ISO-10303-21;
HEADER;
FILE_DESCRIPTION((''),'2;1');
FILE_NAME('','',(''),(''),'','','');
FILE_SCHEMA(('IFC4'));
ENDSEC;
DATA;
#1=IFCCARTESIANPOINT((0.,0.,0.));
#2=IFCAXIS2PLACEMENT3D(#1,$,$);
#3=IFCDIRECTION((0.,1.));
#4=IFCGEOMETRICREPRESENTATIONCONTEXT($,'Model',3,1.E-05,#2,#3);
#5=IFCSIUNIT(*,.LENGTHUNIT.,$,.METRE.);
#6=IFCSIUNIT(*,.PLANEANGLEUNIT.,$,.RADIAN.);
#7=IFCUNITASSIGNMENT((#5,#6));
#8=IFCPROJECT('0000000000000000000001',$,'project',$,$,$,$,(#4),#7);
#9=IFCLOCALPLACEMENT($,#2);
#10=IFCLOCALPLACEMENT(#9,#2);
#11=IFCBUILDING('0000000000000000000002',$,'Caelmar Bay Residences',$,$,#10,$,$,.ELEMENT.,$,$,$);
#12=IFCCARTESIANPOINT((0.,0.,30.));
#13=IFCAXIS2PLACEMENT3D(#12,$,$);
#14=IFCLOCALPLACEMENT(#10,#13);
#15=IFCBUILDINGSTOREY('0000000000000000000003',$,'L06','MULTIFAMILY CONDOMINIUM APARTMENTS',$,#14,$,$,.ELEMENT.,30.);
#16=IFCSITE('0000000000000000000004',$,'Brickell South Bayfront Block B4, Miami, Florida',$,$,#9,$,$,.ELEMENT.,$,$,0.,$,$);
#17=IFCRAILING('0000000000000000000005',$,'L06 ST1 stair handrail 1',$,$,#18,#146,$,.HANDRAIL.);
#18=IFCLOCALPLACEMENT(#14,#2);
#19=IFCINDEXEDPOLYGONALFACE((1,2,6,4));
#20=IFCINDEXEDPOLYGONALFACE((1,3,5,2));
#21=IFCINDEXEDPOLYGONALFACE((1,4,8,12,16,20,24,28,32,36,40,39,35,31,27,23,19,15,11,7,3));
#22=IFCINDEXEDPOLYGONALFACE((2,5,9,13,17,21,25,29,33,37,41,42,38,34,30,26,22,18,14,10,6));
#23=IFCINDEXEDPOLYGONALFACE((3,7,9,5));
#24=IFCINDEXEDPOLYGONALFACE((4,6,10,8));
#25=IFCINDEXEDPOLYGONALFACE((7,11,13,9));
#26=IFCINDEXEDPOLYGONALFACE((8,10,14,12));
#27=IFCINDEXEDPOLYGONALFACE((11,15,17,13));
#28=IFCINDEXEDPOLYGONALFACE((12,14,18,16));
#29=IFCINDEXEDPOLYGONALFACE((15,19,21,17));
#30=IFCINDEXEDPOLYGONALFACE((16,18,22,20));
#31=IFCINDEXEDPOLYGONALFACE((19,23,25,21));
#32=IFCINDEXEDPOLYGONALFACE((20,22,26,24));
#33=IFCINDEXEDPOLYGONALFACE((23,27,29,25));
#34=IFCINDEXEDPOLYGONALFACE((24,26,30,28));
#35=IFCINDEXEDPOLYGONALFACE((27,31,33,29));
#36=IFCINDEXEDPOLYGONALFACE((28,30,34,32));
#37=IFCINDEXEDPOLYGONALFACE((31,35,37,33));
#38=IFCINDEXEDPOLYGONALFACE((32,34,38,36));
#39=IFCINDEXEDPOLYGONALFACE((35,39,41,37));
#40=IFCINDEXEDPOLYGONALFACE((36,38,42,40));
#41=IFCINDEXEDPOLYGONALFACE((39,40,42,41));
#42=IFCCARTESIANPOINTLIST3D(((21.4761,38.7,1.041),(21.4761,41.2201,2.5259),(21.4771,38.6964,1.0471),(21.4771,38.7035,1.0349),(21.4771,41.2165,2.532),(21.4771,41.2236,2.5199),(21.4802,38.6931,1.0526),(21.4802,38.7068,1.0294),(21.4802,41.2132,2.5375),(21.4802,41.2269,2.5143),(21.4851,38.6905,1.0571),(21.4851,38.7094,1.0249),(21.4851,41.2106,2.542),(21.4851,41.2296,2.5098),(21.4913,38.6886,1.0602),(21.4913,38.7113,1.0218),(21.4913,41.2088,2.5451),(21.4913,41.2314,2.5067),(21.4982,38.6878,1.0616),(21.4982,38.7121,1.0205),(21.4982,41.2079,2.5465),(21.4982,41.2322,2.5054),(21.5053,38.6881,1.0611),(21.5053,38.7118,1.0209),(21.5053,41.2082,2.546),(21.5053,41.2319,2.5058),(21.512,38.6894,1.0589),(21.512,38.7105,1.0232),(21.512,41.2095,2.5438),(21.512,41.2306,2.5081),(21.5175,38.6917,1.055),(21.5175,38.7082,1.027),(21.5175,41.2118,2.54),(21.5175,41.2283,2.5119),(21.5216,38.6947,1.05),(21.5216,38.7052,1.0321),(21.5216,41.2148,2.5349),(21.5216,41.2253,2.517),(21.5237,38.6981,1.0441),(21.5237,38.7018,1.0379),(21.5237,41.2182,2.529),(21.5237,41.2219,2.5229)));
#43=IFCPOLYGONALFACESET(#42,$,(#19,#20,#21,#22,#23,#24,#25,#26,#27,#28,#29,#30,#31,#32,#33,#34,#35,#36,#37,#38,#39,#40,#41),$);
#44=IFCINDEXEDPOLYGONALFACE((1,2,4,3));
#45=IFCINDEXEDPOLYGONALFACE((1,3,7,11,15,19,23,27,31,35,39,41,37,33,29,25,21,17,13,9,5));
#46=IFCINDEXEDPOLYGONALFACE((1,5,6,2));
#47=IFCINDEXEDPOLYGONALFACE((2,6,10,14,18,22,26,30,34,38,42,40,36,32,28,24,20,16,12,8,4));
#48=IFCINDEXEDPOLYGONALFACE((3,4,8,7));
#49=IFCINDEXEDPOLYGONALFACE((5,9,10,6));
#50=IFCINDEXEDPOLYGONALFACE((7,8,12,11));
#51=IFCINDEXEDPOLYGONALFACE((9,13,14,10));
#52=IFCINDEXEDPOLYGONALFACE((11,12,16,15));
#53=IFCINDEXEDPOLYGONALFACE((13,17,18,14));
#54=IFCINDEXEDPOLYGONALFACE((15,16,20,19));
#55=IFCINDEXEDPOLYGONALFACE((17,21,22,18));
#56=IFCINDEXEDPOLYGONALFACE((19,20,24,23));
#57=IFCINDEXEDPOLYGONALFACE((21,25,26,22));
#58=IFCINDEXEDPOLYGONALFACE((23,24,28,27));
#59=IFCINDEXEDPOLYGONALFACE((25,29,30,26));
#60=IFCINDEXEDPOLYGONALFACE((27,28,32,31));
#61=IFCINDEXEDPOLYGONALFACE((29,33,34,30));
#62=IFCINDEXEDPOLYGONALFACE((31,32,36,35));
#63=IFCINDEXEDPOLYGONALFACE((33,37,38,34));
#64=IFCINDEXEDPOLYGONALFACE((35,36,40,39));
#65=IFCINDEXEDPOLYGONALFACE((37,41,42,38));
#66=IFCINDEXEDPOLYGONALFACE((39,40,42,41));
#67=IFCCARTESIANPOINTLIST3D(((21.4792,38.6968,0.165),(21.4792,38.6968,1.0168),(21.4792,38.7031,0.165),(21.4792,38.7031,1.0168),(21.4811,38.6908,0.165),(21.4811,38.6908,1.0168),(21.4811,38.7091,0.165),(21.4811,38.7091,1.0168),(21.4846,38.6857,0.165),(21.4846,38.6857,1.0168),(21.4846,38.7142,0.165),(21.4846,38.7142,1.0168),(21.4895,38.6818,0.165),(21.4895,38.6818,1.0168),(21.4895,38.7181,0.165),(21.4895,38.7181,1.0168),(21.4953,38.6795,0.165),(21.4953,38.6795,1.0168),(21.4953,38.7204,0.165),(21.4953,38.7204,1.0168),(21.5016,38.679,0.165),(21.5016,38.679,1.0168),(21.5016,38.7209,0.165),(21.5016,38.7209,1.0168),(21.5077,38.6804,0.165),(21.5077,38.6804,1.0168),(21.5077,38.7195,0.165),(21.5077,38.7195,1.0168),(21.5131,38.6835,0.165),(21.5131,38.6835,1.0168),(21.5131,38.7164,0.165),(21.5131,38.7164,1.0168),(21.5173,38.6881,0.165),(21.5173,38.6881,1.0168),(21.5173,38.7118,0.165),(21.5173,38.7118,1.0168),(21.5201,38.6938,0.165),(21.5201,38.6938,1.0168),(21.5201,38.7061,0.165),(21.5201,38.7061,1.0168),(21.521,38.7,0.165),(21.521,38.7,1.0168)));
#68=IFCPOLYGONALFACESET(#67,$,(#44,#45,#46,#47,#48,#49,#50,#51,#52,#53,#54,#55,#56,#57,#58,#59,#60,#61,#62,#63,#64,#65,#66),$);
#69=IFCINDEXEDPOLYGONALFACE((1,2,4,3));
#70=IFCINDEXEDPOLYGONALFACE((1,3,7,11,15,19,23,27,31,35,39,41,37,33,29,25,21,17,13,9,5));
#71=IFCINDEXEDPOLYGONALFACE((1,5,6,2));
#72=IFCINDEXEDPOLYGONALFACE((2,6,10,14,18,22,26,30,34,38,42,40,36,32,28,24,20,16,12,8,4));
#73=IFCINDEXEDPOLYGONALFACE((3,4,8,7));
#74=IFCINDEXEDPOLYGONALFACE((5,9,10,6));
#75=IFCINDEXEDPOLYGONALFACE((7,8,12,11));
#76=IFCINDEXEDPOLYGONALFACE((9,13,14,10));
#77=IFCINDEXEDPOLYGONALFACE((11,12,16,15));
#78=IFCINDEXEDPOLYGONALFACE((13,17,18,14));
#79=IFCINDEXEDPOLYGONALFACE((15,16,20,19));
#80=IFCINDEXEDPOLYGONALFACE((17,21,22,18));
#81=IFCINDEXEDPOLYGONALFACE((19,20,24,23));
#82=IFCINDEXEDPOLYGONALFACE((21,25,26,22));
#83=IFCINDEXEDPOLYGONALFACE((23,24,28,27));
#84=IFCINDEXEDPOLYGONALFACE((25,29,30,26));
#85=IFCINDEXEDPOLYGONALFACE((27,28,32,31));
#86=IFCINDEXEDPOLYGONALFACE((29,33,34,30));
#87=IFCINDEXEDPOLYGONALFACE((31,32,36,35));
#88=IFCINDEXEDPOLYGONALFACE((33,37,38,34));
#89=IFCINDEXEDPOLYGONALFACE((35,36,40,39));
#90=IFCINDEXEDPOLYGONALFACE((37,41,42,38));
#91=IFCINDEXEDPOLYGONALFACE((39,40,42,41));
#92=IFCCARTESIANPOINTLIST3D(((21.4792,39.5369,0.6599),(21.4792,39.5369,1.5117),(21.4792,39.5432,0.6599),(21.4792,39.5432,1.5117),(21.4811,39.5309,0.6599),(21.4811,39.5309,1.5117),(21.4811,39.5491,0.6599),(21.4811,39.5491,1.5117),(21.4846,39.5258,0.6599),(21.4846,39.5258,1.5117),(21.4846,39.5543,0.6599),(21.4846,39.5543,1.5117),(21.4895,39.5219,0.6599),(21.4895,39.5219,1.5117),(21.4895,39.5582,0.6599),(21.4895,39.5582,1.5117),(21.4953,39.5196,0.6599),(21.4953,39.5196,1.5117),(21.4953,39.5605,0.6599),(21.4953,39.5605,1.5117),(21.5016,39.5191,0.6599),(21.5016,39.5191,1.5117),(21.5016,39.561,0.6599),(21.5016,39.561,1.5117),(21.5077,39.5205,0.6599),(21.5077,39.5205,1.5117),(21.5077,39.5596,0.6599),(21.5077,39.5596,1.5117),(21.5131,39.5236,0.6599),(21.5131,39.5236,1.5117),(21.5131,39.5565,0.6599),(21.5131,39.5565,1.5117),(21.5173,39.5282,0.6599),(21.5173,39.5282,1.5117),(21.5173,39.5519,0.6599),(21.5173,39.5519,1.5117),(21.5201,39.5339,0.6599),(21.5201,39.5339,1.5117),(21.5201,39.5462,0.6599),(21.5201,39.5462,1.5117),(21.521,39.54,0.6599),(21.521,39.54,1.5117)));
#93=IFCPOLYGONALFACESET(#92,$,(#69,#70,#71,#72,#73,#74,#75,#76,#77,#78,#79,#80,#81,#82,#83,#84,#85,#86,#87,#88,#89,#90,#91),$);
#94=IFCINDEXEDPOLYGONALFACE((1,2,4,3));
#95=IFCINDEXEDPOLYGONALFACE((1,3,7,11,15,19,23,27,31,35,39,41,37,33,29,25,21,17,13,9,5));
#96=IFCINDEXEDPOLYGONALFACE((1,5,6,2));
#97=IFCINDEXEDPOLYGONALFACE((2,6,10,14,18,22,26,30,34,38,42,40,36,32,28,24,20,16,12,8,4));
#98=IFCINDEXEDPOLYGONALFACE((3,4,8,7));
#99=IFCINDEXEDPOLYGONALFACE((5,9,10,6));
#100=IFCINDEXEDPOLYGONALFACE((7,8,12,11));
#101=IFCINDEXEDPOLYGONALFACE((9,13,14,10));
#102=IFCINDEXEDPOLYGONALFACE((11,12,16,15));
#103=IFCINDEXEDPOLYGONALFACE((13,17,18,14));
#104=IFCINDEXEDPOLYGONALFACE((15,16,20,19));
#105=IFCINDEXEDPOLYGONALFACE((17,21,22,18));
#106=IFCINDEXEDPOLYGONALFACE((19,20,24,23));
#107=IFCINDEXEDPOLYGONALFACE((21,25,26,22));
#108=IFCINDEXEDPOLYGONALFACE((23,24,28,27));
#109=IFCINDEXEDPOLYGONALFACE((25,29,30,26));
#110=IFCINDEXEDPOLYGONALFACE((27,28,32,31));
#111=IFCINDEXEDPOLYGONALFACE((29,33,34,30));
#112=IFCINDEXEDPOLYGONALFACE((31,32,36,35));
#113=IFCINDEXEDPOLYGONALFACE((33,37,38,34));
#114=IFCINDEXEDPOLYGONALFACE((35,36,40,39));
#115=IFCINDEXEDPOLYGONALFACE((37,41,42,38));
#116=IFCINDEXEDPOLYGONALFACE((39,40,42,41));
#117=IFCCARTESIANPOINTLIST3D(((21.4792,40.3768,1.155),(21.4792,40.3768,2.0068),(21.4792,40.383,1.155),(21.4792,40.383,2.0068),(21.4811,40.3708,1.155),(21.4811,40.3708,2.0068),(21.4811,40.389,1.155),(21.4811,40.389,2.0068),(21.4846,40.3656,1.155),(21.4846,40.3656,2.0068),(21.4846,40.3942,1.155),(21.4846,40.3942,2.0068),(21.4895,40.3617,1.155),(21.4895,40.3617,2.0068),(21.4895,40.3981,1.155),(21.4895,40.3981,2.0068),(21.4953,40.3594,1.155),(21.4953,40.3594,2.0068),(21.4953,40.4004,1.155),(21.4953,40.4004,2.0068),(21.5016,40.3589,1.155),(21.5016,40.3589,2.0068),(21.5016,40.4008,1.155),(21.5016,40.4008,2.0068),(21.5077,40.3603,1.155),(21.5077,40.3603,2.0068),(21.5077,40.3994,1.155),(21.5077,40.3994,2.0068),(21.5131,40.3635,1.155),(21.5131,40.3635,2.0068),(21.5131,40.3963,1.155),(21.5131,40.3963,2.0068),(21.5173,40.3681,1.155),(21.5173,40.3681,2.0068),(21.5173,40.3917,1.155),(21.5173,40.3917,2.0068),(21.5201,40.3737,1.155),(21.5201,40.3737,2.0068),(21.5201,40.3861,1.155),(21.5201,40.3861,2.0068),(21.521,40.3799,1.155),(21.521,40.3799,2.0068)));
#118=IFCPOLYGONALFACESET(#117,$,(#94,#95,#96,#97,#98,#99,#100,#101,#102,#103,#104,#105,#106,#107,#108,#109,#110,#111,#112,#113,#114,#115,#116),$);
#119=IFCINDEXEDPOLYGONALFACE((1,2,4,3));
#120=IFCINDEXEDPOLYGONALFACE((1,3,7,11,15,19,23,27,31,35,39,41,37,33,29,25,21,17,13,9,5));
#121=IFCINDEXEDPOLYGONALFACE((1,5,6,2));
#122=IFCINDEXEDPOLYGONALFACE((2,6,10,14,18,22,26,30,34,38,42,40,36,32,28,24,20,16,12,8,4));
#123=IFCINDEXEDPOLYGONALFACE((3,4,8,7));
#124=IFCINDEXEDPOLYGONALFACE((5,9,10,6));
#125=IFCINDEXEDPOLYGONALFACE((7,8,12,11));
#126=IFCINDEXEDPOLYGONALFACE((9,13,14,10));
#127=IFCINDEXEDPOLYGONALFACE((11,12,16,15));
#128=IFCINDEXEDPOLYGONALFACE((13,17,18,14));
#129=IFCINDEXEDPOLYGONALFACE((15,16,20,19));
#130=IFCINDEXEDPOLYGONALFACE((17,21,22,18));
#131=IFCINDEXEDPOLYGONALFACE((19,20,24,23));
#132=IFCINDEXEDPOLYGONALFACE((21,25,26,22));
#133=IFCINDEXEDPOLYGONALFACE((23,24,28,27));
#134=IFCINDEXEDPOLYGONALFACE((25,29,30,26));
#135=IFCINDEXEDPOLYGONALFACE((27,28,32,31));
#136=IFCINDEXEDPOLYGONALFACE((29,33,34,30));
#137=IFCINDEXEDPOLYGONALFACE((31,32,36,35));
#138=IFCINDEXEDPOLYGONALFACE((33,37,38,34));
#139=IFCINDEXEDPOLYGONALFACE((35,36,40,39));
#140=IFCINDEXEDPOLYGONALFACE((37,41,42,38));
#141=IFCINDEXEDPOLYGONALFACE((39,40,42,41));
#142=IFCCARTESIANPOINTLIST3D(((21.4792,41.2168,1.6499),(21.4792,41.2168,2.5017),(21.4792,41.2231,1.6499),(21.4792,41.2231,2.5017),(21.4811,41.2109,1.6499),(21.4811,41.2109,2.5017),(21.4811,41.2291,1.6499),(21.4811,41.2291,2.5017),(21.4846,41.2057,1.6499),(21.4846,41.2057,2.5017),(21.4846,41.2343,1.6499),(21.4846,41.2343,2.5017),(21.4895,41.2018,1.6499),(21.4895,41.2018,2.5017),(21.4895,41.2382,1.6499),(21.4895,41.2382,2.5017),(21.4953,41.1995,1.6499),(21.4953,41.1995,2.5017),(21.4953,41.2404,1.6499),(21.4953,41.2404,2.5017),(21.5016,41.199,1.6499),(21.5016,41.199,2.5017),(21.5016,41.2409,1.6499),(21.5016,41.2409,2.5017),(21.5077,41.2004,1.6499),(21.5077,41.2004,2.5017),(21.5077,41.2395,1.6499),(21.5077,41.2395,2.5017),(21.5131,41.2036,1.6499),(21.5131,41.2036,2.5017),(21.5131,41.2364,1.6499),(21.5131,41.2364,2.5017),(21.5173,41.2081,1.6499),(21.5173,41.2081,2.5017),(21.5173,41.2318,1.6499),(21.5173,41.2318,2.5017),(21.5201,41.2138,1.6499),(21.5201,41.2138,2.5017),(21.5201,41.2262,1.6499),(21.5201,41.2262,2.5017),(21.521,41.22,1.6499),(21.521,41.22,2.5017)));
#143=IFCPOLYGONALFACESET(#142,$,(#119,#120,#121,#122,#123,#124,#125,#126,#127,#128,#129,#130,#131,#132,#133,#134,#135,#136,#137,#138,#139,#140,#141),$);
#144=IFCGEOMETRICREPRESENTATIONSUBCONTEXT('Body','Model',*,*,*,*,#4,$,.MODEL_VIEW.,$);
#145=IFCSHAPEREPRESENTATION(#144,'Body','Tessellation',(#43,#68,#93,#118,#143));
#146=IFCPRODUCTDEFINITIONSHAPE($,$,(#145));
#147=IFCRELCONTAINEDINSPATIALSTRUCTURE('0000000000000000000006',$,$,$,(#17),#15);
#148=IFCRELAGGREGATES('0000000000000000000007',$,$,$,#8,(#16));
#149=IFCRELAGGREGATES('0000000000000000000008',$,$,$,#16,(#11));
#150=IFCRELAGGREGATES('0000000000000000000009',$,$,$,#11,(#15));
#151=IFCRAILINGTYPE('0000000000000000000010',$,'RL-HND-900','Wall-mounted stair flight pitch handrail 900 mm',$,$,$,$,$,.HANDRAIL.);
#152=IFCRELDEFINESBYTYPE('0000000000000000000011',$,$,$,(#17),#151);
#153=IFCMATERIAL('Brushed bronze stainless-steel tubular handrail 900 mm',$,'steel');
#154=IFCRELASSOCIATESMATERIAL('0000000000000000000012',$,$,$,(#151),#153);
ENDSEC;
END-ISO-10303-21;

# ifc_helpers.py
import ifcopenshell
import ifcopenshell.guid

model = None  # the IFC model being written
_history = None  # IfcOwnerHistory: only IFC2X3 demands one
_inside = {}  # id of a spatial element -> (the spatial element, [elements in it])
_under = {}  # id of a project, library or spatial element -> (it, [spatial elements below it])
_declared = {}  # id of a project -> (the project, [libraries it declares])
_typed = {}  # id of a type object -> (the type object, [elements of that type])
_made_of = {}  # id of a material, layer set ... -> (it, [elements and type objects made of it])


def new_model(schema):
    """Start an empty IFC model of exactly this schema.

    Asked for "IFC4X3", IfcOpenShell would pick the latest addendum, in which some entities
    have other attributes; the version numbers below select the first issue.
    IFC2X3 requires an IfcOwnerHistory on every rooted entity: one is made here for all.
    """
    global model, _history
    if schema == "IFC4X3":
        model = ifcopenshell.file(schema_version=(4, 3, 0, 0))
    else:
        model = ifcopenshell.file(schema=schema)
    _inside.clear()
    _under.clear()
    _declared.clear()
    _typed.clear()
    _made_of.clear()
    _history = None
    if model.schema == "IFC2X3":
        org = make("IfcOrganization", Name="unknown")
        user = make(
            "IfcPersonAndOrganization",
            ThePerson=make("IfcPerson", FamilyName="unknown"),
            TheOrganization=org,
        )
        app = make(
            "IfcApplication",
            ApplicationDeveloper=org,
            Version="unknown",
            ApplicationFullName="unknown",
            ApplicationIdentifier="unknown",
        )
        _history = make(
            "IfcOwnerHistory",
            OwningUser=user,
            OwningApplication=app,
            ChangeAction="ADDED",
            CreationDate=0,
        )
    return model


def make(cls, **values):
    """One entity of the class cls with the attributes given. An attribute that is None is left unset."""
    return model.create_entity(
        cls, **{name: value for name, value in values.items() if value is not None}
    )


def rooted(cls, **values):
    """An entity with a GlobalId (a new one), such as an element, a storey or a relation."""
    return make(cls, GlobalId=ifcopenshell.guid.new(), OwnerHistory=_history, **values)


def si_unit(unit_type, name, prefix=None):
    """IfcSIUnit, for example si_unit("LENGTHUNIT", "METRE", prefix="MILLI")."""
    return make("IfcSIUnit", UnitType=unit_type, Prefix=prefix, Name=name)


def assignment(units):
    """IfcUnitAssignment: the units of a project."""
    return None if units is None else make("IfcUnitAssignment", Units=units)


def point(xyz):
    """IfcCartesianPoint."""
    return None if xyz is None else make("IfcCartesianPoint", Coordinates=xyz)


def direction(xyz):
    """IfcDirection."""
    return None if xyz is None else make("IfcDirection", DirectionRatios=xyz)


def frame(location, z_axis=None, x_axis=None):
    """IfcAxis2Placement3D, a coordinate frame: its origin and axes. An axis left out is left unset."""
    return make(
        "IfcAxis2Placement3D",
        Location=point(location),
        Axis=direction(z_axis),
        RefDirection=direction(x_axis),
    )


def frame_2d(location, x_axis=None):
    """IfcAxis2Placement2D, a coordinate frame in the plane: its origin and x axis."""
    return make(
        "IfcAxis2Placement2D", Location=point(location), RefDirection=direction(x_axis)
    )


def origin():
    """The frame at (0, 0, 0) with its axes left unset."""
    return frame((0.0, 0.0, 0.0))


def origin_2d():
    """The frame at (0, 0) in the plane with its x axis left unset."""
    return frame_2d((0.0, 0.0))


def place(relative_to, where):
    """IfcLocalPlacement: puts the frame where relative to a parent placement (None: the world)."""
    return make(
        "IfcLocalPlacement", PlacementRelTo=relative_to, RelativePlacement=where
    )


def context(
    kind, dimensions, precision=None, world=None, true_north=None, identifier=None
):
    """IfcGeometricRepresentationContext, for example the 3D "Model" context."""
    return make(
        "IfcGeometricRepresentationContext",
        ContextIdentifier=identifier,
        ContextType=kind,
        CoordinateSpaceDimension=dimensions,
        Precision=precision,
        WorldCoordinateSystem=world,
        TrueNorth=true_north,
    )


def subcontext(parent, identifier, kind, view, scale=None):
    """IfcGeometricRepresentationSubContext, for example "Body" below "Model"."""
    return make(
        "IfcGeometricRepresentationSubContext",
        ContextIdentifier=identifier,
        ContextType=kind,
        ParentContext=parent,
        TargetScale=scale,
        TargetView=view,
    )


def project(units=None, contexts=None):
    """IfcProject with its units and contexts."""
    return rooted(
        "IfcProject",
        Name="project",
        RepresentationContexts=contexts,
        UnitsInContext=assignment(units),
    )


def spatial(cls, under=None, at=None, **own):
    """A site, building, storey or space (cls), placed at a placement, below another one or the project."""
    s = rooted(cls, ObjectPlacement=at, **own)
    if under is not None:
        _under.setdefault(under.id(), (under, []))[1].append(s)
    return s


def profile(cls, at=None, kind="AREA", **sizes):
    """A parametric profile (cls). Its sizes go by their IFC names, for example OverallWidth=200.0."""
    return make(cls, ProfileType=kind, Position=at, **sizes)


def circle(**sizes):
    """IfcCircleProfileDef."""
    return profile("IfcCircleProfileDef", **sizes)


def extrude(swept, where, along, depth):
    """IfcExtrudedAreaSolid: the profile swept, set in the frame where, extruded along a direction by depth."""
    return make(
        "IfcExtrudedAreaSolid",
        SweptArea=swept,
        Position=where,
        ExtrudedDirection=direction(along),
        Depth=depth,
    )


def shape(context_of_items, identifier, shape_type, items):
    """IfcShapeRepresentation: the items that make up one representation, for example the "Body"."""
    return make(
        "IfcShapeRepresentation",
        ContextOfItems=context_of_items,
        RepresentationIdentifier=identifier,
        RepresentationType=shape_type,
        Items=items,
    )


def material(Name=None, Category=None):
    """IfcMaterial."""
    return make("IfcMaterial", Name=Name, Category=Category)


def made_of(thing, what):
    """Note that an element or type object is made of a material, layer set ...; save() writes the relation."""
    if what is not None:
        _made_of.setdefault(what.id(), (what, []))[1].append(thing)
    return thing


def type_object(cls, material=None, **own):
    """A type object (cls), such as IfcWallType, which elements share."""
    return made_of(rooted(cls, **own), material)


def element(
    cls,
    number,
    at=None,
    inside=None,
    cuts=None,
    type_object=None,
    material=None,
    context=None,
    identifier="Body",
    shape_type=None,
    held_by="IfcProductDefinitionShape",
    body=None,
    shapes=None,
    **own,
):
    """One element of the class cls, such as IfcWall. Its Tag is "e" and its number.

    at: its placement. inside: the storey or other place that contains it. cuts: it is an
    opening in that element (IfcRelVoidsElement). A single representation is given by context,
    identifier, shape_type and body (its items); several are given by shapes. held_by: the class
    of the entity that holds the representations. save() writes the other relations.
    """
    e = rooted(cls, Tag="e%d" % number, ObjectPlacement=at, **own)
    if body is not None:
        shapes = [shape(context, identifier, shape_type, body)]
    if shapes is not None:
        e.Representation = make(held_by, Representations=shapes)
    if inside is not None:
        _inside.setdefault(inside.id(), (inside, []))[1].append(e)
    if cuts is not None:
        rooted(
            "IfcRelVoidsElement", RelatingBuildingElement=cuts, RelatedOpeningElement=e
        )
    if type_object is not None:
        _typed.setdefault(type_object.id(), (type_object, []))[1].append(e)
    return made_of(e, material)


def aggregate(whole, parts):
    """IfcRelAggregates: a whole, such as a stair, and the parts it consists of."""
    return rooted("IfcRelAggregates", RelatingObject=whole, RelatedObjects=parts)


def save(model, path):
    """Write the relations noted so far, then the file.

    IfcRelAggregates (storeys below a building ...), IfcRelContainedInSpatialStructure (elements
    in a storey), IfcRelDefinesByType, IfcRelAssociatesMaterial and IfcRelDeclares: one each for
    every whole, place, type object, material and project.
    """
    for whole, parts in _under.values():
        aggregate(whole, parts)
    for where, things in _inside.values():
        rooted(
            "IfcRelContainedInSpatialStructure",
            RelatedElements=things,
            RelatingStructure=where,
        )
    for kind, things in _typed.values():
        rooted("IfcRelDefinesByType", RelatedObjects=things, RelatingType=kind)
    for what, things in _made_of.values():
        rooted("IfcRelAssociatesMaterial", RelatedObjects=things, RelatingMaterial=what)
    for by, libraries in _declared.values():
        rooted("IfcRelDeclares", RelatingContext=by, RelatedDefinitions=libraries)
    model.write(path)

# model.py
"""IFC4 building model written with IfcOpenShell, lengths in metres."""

from ifc_helpers import new_model, si_unit, direction, frame, origin, origin_2d, place, context, subcontext, project, spatial, circle, extrude, material, type_object, element, save


model = new_model("IFC4")

# Units and contexts
model_context = context("Model", 3, precision=1e-05, world=origin(), true_north=direction((0.0, 1.0)))
body_context = subcontext(model_context, "Body", "Model", "MODEL_VIEW")
ifc_project = project(units=[si_unit("LENGTHUNIT", "METRE"), si_unit("PLANEANGLEUNIT", "RADIAN")], contexts=[model_context])

# Site, building, storey
site_placement = place(None, origin())
site = spatial("IfcSite", under=ifc_project, at=site_placement, Name="Brickell South Bayfront Block B4, Miami, Florida", CompositionType="ELEMENT", RefElevation=0.0)
building_placement = place(site_placement, origin())
building = spatial("IfcBuilding", under=site, at=building_placement, Name="Caelmar Bay Residences", CompositionType="ELEMENT")
storey_placement = place(building_placement, frame((0.0, 0.0, 30.0)))
storey = spatial("IfcBuildingStorey", under=building, at=storey_placement, Name="L06", Description="MULTIFAMILY CONDOMINIUM APARTMENTS", CompositionType="ELEMENT", Elevation=30.0)

# Railing
ifc_material_1 = material(Name="Brushed bronze stainless-steel tubular handrail 900 mm", Category="steel")
railing_type_1 = type_object("IfcRailingType", Name="RL-HND-900", Description="Wall-mounted stair flight pitch handrail 900 mm", PredefinedType="HANDRAIL", material=ifc_material_1)
railing_1_placement = place(storey_placement, frame((21.5, 38.7, 0.165)))
element("IfcRailing", 1, at=railing_1_placement, inside=storey, type_object=railing_type_1, Name="L06 ST1 stair handrail 1", PredefinedType="HANDRAIL", context=body_context, shape_type="SweptSolid", body=[
    extrude(circle(Radius=0.0239, at=origin_2d()), frame((0.0, 0.0, 0.876), z_axis=(0.0, 0.861561, 0.507655), x_axis=(-1.0, 0.0, 0.0)), (0.0, 0.0, 1.0), 2.925),
    extrude(circle(Radius=0.021, at=origin_2d()), origin(), (0.0, 0.0, 1.0), 0.8518),
    extrude(circle(Radius=0.021, at=origin_2d()), frame((0.0, 0.8401, 0.4949)), (0.0, 0.0, 1.0), 0.8518),
    extrude(circle(Radius=0.021, at=origin_2d()), frame((0.0, 1.6799, 0.99)), (0.0, 0.0, 1.0), 0.8518),
    extrude(circle(Radius=0.021, at=origin_2d()), frame((0.0, 2.52, 1.4849)), (0.0, 0.0, 1.0), 0.8518),
])

save(model, "model.ifc")
